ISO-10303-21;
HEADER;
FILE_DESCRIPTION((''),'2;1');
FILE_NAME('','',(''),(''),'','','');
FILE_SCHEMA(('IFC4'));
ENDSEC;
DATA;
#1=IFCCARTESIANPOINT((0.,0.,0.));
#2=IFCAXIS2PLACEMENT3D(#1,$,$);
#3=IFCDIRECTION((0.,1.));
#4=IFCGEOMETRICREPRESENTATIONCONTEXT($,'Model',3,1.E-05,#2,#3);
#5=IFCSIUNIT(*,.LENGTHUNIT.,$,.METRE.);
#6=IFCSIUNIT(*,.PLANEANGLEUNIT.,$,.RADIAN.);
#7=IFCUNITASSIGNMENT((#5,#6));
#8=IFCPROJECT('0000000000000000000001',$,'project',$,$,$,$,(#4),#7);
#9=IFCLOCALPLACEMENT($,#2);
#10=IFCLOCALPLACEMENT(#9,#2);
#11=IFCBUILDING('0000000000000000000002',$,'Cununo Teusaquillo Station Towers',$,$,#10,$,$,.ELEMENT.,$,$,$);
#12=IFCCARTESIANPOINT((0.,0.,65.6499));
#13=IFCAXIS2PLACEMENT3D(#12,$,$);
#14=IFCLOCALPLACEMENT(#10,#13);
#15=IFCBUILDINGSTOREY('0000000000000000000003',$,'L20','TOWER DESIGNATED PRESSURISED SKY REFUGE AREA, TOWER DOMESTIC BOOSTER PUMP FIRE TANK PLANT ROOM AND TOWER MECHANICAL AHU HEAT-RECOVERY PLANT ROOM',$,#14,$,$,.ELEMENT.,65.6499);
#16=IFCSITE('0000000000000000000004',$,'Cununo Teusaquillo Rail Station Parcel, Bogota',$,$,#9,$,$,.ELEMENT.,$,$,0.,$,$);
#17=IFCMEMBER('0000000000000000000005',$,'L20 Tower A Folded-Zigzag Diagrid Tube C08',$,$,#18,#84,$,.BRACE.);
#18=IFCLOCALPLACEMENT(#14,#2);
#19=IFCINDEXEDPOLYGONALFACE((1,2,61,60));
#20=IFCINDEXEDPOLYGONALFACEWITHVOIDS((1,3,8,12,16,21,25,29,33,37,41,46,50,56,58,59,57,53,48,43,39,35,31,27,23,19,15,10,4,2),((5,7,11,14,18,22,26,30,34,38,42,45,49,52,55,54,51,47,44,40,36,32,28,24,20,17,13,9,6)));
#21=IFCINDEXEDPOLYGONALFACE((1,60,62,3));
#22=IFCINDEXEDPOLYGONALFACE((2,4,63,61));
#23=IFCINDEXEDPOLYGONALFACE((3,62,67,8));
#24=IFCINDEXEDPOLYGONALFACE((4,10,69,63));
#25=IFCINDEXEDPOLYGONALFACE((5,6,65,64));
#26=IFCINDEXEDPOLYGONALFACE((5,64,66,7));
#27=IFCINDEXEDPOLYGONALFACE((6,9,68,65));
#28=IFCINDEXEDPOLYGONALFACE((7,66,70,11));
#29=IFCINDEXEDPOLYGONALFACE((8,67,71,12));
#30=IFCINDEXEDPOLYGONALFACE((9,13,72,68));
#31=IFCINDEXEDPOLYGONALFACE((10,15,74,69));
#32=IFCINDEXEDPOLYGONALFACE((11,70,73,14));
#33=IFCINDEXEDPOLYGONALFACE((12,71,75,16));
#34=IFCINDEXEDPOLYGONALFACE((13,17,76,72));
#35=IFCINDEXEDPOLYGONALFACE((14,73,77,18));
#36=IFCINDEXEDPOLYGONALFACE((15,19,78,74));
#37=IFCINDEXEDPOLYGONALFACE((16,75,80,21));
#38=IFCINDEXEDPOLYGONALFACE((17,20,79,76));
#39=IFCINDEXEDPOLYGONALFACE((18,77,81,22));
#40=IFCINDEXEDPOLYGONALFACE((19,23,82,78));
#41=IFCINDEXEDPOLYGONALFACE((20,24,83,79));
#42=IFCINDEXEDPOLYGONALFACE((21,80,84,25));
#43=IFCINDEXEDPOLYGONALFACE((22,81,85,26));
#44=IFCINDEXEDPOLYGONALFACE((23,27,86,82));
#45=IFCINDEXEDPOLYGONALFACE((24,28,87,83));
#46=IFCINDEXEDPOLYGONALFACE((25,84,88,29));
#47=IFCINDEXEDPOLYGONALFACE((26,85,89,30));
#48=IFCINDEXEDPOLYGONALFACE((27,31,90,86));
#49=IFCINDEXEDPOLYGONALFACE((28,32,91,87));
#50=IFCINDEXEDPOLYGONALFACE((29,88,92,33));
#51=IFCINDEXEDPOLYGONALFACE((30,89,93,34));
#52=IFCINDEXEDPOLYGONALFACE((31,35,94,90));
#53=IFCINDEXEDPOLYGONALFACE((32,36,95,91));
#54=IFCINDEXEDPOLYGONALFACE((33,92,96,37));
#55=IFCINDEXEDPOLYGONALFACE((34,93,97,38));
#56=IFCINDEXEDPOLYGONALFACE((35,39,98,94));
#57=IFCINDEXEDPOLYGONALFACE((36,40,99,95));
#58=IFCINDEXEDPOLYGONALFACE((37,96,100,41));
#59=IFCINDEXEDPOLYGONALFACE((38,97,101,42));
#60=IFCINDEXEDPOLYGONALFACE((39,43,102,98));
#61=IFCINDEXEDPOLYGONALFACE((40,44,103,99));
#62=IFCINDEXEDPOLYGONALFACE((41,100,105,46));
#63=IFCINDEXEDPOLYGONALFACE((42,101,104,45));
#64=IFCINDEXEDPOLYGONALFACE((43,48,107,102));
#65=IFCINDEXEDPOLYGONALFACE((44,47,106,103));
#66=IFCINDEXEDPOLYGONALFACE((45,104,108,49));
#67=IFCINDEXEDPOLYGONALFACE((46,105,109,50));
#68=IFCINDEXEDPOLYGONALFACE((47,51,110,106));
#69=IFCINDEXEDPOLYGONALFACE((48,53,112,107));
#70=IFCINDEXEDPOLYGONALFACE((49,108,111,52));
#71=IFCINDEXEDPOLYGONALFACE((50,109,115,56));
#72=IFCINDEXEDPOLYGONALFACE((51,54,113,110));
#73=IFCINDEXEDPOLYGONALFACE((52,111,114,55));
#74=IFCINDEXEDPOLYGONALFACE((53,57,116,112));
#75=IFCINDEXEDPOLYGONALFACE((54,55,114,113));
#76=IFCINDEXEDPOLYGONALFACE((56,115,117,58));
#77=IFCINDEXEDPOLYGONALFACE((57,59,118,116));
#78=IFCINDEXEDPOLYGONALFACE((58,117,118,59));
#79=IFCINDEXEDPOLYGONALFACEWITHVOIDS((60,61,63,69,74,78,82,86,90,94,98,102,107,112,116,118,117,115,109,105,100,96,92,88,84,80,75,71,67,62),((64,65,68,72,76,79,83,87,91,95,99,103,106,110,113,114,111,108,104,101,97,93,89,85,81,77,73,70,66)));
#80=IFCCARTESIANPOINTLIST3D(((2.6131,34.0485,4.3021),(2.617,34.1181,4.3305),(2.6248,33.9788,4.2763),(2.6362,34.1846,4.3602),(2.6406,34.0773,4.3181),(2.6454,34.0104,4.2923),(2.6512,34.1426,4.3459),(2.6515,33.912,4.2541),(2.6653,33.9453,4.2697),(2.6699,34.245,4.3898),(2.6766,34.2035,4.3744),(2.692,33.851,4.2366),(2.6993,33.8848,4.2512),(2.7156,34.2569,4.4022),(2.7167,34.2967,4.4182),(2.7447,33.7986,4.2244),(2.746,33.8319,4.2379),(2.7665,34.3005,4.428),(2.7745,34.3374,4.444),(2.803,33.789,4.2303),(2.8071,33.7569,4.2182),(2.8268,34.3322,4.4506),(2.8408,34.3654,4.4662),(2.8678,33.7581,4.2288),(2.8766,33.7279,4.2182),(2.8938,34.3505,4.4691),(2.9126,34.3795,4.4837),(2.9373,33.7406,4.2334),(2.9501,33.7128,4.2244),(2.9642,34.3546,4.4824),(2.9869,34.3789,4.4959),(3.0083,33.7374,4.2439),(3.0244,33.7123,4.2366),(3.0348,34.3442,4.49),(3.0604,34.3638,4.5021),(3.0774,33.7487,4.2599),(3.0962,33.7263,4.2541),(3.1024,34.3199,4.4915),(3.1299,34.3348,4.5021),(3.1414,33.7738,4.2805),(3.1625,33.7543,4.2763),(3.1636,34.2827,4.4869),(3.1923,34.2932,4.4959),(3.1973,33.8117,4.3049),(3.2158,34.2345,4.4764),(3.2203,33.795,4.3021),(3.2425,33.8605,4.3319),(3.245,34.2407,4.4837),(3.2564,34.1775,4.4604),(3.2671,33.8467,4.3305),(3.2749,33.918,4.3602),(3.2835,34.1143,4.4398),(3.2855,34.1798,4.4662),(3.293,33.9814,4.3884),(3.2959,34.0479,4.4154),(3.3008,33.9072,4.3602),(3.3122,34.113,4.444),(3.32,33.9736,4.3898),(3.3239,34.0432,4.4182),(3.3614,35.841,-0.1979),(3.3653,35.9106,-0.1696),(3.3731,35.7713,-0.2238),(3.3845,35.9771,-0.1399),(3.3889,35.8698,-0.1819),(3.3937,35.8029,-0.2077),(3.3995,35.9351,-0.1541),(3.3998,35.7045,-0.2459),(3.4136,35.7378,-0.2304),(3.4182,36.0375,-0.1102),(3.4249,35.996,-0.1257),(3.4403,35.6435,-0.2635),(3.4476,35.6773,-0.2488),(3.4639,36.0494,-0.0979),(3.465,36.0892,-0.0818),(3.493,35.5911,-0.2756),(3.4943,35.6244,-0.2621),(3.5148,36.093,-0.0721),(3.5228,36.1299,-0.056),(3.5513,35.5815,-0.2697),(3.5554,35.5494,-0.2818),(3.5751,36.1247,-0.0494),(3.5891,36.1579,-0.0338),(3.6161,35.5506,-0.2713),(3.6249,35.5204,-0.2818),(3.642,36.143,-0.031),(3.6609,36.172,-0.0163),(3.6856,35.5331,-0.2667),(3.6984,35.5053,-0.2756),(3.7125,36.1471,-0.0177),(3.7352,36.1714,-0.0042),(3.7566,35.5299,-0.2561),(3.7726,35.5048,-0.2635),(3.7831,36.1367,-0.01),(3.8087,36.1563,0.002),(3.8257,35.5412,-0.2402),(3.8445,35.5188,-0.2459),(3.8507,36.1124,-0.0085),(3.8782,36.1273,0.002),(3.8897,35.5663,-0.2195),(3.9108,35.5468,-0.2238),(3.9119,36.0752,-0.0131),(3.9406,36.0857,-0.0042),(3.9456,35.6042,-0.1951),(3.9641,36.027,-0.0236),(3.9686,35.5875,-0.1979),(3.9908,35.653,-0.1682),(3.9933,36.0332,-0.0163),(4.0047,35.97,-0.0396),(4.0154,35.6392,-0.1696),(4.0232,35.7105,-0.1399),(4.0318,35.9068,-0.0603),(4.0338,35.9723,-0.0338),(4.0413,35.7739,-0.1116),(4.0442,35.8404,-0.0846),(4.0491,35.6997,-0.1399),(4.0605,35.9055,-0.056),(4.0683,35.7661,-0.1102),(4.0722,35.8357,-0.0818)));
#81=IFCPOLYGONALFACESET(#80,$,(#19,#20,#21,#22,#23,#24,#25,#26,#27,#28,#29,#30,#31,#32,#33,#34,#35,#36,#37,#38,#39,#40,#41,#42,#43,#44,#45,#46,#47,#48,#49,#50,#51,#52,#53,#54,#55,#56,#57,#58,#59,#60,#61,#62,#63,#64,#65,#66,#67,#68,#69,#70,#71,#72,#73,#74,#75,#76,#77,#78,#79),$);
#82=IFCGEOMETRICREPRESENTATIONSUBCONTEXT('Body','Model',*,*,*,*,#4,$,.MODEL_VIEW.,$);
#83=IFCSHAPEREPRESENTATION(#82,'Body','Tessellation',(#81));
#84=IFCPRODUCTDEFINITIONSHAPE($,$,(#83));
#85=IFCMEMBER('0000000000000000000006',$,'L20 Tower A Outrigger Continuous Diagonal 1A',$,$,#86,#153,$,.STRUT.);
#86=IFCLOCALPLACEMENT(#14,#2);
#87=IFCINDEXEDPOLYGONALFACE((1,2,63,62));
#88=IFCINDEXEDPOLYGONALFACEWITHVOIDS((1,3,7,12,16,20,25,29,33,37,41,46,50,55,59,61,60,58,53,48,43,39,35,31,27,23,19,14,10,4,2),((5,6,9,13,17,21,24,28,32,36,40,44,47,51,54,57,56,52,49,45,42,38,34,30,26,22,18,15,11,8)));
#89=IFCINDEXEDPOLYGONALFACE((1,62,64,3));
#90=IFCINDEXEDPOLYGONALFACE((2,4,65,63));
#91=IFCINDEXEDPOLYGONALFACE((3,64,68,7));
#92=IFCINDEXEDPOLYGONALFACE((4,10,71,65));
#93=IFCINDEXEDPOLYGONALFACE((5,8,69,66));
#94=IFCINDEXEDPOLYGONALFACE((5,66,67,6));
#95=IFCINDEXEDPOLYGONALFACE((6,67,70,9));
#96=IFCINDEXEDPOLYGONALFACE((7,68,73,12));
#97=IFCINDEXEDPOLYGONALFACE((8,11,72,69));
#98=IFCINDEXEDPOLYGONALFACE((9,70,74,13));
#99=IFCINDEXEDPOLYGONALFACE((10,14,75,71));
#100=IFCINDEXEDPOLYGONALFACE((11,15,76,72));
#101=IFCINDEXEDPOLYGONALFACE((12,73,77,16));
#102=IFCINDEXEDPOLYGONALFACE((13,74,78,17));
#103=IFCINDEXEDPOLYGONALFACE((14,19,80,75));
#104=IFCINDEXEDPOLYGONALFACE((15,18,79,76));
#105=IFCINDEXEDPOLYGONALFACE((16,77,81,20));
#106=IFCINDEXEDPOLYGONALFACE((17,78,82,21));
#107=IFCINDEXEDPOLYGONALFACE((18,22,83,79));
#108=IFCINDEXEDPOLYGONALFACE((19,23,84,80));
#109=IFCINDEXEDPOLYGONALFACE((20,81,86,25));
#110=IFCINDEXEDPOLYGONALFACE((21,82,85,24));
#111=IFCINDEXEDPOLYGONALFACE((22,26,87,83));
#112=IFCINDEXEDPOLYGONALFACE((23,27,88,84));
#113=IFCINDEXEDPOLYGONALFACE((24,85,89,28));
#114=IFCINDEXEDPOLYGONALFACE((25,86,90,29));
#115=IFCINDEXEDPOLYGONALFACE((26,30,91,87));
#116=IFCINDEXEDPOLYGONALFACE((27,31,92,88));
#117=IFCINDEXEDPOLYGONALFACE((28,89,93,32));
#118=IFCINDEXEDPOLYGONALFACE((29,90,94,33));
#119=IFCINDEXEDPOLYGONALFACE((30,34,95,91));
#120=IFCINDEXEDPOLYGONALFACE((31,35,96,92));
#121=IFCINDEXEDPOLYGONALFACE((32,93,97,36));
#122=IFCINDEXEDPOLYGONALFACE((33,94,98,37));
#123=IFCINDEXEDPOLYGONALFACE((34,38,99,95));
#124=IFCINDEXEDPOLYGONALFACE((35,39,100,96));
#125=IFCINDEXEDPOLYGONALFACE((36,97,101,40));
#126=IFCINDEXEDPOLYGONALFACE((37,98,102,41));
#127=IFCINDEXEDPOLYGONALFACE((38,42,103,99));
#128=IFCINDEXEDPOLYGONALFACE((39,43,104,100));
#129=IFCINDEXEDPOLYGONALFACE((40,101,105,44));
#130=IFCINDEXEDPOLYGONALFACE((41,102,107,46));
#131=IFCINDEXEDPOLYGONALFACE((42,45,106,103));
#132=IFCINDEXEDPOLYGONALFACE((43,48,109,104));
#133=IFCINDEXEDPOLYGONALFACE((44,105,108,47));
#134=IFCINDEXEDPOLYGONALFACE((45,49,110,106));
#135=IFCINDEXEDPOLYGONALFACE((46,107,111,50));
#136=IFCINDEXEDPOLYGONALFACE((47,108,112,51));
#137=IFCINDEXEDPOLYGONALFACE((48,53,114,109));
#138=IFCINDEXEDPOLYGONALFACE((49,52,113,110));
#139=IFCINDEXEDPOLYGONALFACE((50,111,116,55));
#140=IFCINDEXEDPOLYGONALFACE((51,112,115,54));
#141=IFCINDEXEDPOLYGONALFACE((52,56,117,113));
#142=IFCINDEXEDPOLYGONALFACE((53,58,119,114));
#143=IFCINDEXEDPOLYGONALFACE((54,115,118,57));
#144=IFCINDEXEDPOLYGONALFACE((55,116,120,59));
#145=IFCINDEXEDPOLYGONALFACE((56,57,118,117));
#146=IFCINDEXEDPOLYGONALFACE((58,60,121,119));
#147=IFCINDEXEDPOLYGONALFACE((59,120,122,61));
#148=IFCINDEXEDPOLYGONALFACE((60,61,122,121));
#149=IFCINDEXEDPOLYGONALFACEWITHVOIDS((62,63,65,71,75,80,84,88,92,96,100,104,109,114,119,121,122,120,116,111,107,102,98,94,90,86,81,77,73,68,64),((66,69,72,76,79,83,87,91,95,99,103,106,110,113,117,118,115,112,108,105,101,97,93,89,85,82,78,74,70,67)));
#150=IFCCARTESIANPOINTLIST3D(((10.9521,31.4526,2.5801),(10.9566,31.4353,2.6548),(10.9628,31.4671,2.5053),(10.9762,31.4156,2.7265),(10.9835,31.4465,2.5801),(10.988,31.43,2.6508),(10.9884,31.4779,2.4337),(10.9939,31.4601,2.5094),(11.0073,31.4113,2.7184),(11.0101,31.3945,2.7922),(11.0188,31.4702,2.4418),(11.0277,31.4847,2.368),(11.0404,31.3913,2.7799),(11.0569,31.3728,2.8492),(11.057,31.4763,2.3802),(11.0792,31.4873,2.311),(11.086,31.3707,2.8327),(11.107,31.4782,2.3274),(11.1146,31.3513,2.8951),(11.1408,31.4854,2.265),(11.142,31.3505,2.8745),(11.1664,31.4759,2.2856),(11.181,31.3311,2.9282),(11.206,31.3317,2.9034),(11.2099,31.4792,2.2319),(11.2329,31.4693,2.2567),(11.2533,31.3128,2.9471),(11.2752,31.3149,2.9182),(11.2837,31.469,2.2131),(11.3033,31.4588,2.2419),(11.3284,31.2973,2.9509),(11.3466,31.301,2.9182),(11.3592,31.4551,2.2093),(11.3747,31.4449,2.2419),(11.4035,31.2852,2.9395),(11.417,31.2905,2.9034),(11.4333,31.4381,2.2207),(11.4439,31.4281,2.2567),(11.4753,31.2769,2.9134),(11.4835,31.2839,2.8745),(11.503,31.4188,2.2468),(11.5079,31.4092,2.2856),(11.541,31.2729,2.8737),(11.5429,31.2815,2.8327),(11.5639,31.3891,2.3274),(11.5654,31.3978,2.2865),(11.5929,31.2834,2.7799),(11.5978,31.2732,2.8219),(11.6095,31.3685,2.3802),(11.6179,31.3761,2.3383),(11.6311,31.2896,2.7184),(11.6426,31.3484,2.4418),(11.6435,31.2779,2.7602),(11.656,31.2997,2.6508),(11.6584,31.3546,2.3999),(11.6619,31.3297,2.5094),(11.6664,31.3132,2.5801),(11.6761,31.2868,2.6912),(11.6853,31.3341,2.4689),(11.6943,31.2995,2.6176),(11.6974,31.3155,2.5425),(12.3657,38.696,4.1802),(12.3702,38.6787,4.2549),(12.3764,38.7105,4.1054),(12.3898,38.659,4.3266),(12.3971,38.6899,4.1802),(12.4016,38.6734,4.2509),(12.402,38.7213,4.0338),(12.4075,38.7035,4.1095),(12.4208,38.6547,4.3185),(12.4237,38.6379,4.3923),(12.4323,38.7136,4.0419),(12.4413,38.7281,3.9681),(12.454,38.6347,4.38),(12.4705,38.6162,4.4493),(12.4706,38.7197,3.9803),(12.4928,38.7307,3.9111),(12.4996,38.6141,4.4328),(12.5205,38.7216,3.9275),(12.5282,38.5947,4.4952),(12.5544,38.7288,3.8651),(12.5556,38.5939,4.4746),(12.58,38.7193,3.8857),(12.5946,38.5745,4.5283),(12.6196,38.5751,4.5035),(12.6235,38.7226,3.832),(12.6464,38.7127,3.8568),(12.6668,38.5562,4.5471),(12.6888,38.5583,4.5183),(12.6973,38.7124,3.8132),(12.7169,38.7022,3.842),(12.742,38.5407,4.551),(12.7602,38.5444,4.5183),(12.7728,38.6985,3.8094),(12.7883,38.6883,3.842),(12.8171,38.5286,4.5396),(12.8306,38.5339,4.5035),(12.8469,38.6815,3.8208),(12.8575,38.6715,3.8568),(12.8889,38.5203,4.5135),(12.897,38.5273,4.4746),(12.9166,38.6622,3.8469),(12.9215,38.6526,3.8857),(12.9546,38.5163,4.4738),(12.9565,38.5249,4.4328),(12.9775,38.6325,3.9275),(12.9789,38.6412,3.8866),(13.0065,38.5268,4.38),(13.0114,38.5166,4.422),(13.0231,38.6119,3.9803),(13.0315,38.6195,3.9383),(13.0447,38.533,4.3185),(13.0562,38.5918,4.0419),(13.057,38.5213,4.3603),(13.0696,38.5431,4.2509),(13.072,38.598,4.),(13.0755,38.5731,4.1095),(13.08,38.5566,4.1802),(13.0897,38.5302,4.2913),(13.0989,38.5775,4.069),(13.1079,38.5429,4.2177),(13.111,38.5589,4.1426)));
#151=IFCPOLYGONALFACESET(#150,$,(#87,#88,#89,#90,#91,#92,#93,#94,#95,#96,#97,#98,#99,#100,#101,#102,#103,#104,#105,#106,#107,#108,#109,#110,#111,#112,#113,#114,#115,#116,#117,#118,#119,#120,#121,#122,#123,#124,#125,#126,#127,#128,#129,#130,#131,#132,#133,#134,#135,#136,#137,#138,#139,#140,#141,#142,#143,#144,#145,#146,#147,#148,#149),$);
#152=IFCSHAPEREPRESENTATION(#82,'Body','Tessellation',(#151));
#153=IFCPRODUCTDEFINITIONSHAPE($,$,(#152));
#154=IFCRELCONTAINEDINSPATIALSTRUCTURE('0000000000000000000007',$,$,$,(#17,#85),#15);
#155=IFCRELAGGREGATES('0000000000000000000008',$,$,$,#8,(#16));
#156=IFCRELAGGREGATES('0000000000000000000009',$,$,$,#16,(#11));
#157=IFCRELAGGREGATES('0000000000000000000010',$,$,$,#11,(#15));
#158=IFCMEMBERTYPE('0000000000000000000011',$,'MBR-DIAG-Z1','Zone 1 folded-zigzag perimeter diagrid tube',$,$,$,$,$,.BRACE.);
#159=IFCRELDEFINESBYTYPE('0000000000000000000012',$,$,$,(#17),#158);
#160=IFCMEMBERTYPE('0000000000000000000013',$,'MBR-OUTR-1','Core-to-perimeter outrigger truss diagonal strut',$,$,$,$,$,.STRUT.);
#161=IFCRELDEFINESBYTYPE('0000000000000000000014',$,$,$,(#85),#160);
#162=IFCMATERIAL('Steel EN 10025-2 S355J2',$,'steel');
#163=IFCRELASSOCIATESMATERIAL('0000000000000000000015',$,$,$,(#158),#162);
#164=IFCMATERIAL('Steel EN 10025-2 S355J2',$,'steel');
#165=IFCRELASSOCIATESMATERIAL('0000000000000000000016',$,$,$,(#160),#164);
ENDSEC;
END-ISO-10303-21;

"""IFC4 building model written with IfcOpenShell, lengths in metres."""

from ifc_helpers import new_model, si_unit, direction, frame, origin, origin_2d, place, context, subcontext, project, spatial, hollow_circle, extrude, material, material_profile, profile_set, type_object, element, save


model = new_model("IFC4")

# Units and contexts
model_context = context("Model", 3, precision=1e-05, world=origin(), true_north=direction((0.0, 1.0)))
body_context = subcontext(model_context, "Body", "Model", "MODEL_VIEW")
ifc_project = project(units=[si_unit("LENGTHUNIT", "METRE"), si_unit("PLANEANGLEUNIT", "RADIAN")], contexts=[model_context])

# Site, building, storey
site_placement = place(None, origin())
site = spatial("IfcSite", under=ifc_project, at=site_placement, Name="Cununo Teusaquillo Rail Station Parcel, Bogota", CompositionType="ELEMENT", RefElevation=0.0)
building_placement = place(site_placement, origin())
building = spatial("IfcBuilding", under=site, at=building_placement, Name="Cununo Teusaquillo Station Towers", CompositionType="ELEMENT")
storey_placement = place(building_placement, frame((0.0, 0.0, 65.6499)))
storey = spatial("IfcBuildingStorey", under=building, at=storey_placement, Name="L20", Description="TOWER DESIGNATED PRESSURISED SKY REFUGE AREA, TOWER DOMESTIC BOOSTER PUMP FIRE TANK PLANT ROOM AND TOWER MECHANICAL AHU HEAT-RECOVERY PLANT ROOM", CompositionType="ELEMENT", Elevation=65.6499)

# Members
ifc_material_1 = material(Name="Steel EN 10025-2 S355J2", Category="steel")
ifc_material_profile_1 = material_profile(ifc_material_1, hollow_circle(Radius=0.3601, WallThickness=0.0281, at=origin_2d()), Name="CHS 720x28")
ifc_profile_set_1 = profile_set([ifc_material_profile_1], Name="Steel EN 10025-2 S355J2")
member_type_1 = type_object("IfcMemberType", Name="MBR-DIAG-Z1", Description="Zone 1 folded-zigzag perimeter diagrid tube", PredefinedType="BRACE", material=ifc_profile_set_1)
member_1_placement = place(storey_placement, frame((3.7168, 35.8384, -0.1399), z_axis=(-0.152671, -0.365714, 0.91812), x_axis=(0.922816, -0.38524, 0.0)))
element("IfcMember", 1, at=member_1_placement, inside=storey, type_object=member_type_1, Name="L20 Tower A Folded-Zigzag Diagrid Tube C08", PredefinedType="BRACE", context=body_context, shape_type="SweptSolid", body=[
    extrude(hollow_circle(Radius=0.3601, WallThickness=0.0281, at=origin_2d()), origin(), (0.0, 0.0, 1.0), 4.9014),
])
ifc_material_2 = material(Name="Steel EN 10025-2 S355J2", Category="steel")
ifc_material_profile_2 = material_profile(ifc_material_2, hollow_circle(Radius=0.3799, WallThickness=0.032, at=origin_2d()), Name="CHS 760x32")
ifc_profile_set_2 = profile_set([ifc_material_profile_2], Name="Steel EN 10025-2 S355J2")
member_type_2 = type_object("IfcMemberType", Name="MBR-OUTR-1", Description="Core-to-perimeter outrigger truss diagonal strut", PredefinedType="STRUT", material=ifc_profile_set_2)
member_2_placement = place(storey_placement, frame((11.325, 31.3799, 2.5801), z_axis=(0.187191, 0.959199, 0.211891), x_axis=(-0.981485, 0.19154, 0.0)))
element("IfcMember", 2, at=member_2_placement, inside=storey, type_object=member_type_2, Name="L20 Tower A Outrigger Continuous Diagonal 1A", PredefinedType="STRUT", context=body_context, shape_type="SweptSolid", body=[
    extrude(hollow_circle(Radius=0.3799, WallThickness=0.032, at=origin_2d()), origin(), (0.0, 0.0, 1.0), 7.5515),
])

save(model, "model.ifc")
